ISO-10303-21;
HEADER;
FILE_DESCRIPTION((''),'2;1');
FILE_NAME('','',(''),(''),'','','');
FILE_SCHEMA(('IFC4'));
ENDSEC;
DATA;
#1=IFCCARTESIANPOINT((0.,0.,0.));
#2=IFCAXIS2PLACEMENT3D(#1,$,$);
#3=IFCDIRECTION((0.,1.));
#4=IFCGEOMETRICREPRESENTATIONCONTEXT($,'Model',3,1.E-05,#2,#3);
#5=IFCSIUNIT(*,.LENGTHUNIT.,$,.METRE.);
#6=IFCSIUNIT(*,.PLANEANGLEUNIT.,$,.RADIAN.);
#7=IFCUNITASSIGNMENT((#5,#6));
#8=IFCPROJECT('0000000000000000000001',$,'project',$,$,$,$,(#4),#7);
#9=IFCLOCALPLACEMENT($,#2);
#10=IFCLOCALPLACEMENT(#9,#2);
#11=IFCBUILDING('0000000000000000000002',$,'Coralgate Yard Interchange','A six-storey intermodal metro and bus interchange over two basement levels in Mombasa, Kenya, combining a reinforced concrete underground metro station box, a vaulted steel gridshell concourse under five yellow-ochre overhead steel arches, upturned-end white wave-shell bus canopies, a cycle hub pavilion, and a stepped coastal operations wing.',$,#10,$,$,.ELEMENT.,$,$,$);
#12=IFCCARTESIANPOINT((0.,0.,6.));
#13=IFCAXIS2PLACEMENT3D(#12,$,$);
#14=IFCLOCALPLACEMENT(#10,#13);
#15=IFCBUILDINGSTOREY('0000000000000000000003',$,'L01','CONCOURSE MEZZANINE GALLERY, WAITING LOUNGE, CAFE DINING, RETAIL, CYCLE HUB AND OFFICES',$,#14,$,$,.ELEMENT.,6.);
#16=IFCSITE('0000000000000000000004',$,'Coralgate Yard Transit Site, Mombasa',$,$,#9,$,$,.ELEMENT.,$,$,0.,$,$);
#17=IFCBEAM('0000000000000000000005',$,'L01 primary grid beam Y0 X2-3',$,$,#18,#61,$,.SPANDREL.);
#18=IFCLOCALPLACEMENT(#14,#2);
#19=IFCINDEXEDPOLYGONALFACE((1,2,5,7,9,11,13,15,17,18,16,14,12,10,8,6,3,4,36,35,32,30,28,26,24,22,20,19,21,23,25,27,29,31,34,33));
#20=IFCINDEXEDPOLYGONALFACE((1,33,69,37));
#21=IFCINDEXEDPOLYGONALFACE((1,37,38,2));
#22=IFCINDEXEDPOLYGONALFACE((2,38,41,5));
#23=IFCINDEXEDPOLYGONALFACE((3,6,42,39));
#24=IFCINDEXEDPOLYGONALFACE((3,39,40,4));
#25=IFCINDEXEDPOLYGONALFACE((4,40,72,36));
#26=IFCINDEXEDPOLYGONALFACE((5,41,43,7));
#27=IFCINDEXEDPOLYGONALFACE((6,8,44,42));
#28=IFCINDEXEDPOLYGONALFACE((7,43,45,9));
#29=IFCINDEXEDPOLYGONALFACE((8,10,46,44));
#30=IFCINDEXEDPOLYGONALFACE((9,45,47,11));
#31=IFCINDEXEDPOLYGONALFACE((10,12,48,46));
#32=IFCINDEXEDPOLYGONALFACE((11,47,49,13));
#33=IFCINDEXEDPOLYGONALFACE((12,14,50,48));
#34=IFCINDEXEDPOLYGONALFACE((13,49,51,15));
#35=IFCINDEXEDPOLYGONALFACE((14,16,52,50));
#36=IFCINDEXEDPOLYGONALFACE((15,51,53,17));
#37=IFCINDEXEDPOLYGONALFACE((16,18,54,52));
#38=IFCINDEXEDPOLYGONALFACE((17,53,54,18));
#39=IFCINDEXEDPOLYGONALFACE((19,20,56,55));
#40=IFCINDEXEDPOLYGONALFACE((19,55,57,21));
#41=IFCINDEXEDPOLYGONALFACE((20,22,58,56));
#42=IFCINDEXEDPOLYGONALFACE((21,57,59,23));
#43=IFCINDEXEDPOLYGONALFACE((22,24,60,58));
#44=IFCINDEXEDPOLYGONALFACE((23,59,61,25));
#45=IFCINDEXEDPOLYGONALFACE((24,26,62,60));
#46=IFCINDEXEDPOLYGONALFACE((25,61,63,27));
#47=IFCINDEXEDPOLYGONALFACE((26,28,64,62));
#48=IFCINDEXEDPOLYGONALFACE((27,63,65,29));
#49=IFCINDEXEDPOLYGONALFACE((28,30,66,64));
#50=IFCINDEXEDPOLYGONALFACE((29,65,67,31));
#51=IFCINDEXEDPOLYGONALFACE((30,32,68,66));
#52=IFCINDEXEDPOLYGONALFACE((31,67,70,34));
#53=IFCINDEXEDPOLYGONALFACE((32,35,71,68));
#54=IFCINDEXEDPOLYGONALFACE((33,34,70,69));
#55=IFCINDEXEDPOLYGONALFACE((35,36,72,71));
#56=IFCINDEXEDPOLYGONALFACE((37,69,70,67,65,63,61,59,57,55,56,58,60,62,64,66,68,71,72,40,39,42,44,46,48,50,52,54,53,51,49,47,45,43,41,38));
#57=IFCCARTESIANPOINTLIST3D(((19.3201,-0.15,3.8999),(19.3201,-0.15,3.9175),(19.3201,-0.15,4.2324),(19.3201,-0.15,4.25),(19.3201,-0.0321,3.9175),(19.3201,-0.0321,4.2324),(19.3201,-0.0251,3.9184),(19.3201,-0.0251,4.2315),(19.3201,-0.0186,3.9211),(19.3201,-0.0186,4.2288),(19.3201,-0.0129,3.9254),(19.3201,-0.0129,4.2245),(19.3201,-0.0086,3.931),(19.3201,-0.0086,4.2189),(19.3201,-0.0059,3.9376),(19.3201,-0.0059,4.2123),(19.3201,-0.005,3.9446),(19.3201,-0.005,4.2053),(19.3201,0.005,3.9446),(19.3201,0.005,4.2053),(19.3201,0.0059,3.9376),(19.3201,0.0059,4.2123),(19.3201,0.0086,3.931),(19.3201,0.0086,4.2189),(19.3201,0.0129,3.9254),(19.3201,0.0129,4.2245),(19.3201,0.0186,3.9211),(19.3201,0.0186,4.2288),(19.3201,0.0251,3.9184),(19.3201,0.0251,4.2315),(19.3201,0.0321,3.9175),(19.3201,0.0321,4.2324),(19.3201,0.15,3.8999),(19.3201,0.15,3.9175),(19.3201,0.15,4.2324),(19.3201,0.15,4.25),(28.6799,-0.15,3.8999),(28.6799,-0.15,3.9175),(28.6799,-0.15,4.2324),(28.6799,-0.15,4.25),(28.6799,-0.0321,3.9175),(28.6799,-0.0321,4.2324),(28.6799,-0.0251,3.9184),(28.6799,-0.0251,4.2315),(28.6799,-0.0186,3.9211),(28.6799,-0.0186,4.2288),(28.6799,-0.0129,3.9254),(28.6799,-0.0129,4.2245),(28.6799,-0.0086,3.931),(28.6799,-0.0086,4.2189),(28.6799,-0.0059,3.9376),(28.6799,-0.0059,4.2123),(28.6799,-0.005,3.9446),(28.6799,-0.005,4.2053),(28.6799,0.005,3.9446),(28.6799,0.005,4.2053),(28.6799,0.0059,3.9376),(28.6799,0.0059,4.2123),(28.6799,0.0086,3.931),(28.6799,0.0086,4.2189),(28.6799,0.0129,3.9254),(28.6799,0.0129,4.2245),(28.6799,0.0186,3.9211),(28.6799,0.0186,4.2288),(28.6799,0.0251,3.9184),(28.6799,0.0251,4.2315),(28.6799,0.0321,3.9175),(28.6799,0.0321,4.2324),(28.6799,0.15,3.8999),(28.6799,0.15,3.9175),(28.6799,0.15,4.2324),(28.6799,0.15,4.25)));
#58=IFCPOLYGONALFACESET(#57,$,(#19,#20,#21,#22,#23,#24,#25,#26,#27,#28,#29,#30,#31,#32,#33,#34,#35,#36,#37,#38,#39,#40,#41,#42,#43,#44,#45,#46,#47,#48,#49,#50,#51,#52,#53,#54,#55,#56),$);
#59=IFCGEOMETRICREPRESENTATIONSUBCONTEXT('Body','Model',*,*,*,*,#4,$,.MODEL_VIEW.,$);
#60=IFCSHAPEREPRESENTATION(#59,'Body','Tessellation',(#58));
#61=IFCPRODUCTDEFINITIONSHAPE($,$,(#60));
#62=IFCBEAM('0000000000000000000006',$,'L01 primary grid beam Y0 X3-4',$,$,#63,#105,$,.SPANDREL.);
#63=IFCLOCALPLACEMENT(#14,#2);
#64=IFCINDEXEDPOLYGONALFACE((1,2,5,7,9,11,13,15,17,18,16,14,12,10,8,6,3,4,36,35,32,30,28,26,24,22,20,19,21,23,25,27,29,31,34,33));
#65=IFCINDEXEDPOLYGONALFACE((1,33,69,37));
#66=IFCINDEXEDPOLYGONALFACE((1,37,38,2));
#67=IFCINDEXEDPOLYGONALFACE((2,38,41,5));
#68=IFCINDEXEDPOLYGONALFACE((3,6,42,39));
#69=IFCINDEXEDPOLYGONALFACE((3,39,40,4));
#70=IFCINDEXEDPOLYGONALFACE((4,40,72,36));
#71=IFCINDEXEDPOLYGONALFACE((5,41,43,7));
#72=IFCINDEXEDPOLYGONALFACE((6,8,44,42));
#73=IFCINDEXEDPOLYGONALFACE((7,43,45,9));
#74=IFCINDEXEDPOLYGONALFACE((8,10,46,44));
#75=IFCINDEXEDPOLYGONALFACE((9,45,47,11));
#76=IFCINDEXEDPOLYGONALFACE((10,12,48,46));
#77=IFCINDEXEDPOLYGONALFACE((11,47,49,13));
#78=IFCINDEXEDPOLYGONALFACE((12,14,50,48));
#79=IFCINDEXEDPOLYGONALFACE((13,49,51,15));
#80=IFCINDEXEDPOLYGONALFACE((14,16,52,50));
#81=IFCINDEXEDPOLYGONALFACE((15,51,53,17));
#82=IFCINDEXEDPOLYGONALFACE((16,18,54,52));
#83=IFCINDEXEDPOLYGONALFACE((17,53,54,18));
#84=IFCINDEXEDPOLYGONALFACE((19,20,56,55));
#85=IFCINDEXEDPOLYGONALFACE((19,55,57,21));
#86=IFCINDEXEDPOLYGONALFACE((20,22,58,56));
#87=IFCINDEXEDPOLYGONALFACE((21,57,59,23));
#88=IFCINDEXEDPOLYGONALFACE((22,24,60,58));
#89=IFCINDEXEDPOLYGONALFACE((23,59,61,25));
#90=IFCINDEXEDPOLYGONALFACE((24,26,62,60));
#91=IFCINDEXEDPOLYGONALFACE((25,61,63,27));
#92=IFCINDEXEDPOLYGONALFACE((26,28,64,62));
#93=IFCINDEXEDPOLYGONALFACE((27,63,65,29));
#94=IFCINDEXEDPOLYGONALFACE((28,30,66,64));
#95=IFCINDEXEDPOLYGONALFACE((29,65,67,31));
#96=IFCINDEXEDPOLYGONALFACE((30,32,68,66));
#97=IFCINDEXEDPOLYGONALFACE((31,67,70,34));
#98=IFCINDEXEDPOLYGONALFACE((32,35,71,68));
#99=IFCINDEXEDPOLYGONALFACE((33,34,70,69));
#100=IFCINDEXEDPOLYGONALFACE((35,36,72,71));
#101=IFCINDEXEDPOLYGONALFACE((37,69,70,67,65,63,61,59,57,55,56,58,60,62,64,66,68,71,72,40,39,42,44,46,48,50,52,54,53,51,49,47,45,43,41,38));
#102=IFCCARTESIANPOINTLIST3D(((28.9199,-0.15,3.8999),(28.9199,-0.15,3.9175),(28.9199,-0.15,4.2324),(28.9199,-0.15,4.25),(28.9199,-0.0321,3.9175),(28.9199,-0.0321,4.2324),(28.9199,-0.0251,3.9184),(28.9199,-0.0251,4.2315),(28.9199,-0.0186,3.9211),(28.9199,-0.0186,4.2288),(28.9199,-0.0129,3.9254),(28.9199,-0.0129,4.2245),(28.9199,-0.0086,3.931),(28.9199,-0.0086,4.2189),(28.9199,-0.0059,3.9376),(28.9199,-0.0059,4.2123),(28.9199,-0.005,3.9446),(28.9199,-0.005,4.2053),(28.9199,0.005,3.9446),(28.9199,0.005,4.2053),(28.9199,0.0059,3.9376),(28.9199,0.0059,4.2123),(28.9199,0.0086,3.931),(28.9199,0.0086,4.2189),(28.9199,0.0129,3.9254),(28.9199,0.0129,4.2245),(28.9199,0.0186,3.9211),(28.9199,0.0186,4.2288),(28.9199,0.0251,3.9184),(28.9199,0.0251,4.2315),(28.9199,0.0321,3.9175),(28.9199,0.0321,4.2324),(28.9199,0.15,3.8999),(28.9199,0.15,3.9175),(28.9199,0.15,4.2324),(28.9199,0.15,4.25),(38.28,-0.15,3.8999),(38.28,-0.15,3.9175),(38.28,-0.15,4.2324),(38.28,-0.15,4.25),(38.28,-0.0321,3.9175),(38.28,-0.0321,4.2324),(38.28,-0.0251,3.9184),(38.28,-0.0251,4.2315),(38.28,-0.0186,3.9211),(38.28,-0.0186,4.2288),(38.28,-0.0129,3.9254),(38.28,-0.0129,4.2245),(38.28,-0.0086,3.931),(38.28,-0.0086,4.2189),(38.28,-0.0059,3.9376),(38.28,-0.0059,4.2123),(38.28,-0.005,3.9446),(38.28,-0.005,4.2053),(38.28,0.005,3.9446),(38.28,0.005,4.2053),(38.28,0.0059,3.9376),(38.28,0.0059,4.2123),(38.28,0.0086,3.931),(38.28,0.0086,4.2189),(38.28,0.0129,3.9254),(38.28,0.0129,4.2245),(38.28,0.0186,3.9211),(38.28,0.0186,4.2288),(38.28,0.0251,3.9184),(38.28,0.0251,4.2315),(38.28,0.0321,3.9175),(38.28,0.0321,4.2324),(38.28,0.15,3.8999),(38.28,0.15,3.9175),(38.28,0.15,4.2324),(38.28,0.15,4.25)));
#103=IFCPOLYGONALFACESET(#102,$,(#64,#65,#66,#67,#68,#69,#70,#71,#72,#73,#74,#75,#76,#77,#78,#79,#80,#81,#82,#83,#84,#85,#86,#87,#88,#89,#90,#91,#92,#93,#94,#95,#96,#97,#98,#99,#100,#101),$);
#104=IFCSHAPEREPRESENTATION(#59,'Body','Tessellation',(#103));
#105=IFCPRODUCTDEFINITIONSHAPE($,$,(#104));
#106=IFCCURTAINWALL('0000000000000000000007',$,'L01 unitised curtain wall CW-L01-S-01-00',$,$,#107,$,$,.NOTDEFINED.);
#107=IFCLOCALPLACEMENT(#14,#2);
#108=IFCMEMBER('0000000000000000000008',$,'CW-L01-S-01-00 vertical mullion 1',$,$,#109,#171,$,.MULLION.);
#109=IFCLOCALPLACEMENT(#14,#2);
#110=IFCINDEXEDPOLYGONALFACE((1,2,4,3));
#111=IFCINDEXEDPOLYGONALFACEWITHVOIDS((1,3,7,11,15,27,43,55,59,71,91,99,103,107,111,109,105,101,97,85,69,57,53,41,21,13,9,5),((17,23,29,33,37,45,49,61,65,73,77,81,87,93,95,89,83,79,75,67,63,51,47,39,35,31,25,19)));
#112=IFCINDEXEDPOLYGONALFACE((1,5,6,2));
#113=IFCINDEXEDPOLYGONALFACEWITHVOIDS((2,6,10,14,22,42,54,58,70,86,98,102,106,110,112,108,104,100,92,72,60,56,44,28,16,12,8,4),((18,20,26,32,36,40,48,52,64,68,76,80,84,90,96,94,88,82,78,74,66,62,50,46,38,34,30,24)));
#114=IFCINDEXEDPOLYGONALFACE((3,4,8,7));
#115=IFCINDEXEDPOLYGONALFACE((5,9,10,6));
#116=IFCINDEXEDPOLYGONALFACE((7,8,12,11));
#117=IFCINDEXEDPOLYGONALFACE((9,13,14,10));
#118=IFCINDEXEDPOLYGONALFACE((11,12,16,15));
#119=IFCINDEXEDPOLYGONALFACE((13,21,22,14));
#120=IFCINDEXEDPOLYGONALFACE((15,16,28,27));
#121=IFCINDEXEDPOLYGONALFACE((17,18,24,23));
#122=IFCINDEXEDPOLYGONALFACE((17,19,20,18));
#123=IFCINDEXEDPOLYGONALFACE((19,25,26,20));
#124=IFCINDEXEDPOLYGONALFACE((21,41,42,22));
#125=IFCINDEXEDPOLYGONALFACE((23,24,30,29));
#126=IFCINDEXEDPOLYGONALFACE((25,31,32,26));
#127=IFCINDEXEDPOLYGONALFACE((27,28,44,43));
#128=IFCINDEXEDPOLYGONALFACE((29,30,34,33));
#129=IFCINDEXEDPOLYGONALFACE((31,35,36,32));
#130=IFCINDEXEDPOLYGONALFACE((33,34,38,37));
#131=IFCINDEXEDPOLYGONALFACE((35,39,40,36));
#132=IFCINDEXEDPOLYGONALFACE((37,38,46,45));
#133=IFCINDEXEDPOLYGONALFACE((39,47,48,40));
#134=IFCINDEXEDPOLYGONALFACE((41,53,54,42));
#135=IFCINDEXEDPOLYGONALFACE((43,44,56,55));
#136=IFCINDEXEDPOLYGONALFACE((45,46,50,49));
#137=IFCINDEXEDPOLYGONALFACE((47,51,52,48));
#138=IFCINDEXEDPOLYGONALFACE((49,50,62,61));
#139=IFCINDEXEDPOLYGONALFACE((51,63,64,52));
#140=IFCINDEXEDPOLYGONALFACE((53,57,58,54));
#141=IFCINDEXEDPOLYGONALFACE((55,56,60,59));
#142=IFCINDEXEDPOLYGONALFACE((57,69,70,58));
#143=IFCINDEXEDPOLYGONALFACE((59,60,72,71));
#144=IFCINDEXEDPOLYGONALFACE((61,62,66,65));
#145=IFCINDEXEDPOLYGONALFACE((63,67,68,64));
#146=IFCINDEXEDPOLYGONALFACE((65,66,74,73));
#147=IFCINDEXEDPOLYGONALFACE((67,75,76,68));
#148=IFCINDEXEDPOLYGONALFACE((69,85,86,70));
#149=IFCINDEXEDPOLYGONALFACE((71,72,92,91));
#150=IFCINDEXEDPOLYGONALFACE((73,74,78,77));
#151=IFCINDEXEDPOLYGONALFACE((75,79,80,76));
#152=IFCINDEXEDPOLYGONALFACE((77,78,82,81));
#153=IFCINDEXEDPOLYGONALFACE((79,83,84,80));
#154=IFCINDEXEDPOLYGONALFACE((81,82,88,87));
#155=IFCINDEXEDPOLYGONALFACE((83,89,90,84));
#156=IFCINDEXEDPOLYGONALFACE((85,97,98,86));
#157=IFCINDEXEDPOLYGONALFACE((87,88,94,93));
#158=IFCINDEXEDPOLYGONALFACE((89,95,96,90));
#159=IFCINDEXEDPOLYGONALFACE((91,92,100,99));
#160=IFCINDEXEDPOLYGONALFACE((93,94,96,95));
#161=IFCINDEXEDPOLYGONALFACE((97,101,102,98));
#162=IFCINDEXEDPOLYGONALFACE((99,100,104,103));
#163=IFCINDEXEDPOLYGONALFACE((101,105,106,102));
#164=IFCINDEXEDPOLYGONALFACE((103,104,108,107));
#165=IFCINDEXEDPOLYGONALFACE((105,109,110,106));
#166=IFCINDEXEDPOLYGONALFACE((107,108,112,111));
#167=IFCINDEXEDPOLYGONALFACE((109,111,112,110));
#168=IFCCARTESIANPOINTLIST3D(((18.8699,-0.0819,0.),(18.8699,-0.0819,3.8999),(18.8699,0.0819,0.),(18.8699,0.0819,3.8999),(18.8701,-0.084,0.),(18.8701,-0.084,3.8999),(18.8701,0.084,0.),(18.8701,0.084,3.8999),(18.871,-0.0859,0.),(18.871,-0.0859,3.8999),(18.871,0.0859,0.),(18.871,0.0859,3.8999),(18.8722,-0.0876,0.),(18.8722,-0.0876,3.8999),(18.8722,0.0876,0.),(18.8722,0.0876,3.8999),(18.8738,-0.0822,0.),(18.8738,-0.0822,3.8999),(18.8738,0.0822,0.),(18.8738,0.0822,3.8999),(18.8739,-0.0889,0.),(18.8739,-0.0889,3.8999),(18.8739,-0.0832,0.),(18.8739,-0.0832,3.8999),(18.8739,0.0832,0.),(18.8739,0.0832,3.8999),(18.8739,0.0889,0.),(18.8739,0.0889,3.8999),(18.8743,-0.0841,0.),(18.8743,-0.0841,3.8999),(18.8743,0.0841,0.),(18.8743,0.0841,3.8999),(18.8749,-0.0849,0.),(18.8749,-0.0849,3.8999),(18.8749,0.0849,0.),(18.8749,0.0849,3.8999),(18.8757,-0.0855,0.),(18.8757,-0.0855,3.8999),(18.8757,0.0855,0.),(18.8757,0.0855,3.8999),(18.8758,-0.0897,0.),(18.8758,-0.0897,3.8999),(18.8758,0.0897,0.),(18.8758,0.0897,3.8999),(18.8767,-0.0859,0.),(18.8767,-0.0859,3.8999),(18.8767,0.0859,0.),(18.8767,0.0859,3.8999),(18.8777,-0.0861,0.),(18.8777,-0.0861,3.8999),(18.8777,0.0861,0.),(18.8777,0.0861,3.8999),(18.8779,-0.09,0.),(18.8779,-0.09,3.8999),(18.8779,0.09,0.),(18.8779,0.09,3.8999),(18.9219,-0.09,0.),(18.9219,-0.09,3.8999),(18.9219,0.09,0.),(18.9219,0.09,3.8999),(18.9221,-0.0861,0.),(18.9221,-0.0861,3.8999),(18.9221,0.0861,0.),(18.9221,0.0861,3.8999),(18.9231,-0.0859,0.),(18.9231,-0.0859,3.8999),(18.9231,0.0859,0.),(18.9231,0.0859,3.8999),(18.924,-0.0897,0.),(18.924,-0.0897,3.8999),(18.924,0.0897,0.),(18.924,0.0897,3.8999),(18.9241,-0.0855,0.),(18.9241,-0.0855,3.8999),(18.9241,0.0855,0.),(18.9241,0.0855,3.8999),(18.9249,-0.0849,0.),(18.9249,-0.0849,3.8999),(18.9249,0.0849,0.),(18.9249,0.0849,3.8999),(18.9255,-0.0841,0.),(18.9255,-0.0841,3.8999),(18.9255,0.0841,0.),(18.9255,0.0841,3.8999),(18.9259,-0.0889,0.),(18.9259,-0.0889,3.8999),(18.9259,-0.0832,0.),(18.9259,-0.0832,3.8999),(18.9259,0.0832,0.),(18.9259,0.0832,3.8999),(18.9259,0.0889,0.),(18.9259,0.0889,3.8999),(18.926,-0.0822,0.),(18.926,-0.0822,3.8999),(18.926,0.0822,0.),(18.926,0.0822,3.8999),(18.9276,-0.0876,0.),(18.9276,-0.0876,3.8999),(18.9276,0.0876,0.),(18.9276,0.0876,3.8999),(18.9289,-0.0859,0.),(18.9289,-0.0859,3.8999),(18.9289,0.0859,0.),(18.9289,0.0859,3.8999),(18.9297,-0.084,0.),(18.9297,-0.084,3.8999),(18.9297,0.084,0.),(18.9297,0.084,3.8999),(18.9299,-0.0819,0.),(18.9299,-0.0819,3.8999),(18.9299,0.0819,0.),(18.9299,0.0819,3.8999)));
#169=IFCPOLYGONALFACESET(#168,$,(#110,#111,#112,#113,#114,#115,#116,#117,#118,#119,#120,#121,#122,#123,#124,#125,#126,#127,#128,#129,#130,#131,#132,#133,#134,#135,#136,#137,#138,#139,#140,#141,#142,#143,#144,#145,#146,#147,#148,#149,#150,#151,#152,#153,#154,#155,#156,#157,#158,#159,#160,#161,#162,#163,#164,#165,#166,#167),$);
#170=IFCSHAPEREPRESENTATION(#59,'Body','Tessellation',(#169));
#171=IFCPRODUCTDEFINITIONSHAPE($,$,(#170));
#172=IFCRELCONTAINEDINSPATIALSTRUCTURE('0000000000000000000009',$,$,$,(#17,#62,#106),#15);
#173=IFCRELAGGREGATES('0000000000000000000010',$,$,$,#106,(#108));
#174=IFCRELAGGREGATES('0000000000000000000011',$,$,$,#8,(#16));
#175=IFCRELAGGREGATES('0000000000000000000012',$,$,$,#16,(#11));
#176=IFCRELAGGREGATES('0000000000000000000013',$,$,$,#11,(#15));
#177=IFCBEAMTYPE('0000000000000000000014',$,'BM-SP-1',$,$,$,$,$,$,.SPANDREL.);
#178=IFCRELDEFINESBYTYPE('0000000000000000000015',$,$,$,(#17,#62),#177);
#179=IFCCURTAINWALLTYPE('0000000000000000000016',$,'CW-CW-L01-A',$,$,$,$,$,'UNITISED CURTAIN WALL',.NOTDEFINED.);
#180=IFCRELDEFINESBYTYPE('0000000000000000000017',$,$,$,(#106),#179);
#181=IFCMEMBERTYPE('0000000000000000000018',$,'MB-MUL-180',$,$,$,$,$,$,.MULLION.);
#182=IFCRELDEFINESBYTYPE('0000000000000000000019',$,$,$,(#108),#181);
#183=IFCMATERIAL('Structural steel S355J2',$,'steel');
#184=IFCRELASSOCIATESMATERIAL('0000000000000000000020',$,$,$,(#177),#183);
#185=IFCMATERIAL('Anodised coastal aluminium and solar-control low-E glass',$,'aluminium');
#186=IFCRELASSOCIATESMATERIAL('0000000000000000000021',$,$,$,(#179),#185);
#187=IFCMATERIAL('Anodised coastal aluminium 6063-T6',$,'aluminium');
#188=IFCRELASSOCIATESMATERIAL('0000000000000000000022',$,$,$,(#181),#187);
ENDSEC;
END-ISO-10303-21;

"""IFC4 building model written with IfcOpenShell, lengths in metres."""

from ifc_helpers import new_model, si_unit, direction, frame, origin, origin_2d, place, context, subcontext, project, spatial, hollow_rectangle, i_section, extrude, material, material_profile, profile_set, type_object, element, aggregate, save


model = new_model("IFC4")

# Units and contexts
model_context = context("Model", 3, precision=1e-05, world=origin(), true_north=direction((0.0, 1.0)))
body_context = subcontext(model_context, "Body", "Model", "MODEL_VIEW")
ifc_project = project(units=[si_unit("LENGTHUNIT", "METRE"), si_unit("PLANEANGLEUNIT", "RADIAN")], contexts=[model_context])

# Site, building, storey
site_placement = place(None, origin())
site = spatial("IfcSite", under=ifc_project, at=site_placement, Name="Coralgate Yard Transit Site, Mombasa", CompositionType="ELEMENT", RefElevation=0.0)
building_placement = place(site_placement, origin())
building = spatial("IfcBuilding", under=site, at=building_placement, Name="Coralgate Yard Interchange", Description="A six-storey intermodal metro and bus interchange over two basement levels in Mombasa, Kenya, combining a reinforced concrete underground metro station box, a vaulted steel gridshell concourse under five yellow-ochre overhead steel arches, upturned-end white wave-shell bus canopies, a cycle hub pavilion, and a stepped coastal operations wing.", CompositionType="ELEMENT")
storey_placement = place(building_placement, frame((0.0, 0.0, 6.0)))
storey = spatial("IfcBuildingStorey", under=building, at=storey_placement, Name="L01", Description="CONCOURSE MEZZANINE GALLERY, WAITING LOUNGE, CAFE DINING, RETAIL, CYCLE HUB AND OFFICES", CompositionType="ELEMENT", Elevation=6.0)

# Shared definitions
ifc_material_1 = material(Name="Structural steel S355J2", Category="steel")

# Beams
ifc_material_profile_1 = material_profile(ifc_material_1, i_section(OverallWidth=0.3, OverallDepth=0.3501, WebThickness=0.01, FlangeThickness=0.0176, FilletRadius=0.0271, at=origin_2d()), Name="HEA 360")
ifc_profile_set_1 = profile_set([ifc_material_profile_1], Name="Structural steel S355J2")
beam_type_1 = type_object("IfcBeamType", Name="BM-SP-1", PredefinedType="SPANDREL", material=ifc_profile_set_1)
beam_1_placement = place(storey_placement, frame((19.3201, 0.0, 4.075), z_axis=(1.0, 0.0, 0.0), x_axis=(0.0, 1.0, 0.0)))
element("IfcBeam", 1, at=beam_1_placement, inside=storey, type_object=beam_type_1, Name="L01 primary grid beam Y0 X2-3", PredefinedType="SPANDREL", context=body_context, shape_type="SweptSolid", body=[
    extrude(i_section(OverallWidth=0.3, OverallDepth=0.3501, WebThickness=0.01, FlangeThickness=0.0176, FilletRadius=0.0271, at=origin_2d()), origin(), (0.0, 0.0, 1.0), 9.3599),
])
beam_2_placement = place(storey_placement, frame((28.9199, 0.0, 4.075), z_axis=(1.0, 0.0, 0.0), x_axis=(0.0, 1.0, 0.0)))
element("IfcBeam", 2, at=beam_2_placement, inside=storey, type_object=beam_type_1, Name="L01 primary grid beam Y0 X3-4", PredefinedType="SPANDREL", context=body_context, shape_type="SweptSolid", body=[
    extrude(i_section(OverallWidth=0.3, OverallDepth=0.3501, WebThickness=0.01, FlangeThickness=0.0176, FilletRadius=0.0271, at=origin_2d()), origin(), (0.0, 0.0, 1.0), 9.3601),
])

# Curtain wall, member
ifc_material_2 = material(Name="Anodised coastal aluminium and solar-control low-E glass", Category="aluminium")
curtain_wall_type = type_object("IfcCurtainWallType", Name="CW-CW-L01-A", ElementType="UNITISED CURTAIN WALL", PredefinedType="NOTDEFINED", material=ifc_material_2)
curtain_wall_placement = place(storey_placement, origin())
curtain_wall = element("IfcCurtainWall", 3, at=curtain_wall_placement, inside=storey, type_object=curtain_wall_type, Name="L01 unitised curtain wall CW-L01-S-01-00", PredefinedType="NOTDEFINED")
ifc_material_3 = material(Name="Anodised coastal aluminium 6063-T6", Category="aluminium")
ifc_material_profile_2 = material_profile(ifc_material_3, hollow_rectangle(XDim=0.0601, YDim=0.1799, WallThickness=0.0039, InnerFilletRadius=0.0039, OuterFilletRadius=0.0081, at=origin_2d()), Name="ALU 60x180x4")
ifc_profile_set_2 = profile_set([ifc_material_profile_2], Name="Anodised coastal aluminium 6063-T6")
member_type_1 = type_object("IfcMemberType", Name="MB-MUL-180", PredefinedType="MULLION", material=ifc_profile_set_2)
member_1_placement = place(storey_placement, frame((18.8999, 0.0, 0.0), z_axis=(0.0, 0.0, 1.0), x_axis=(1.0, 0.0, 0.0)))
member_1 = element("IfcMember", 4, at=member_1_placement, type_object=member_type_1, Name="CW-L01-S-01-00 vertical mullion 1", PredefinedType="MULLION", context=body_context, shape_type="SweptSolid", body=[
    extrude(hollow_rectangle(XDim=0.0601, YDim=0.1799, WallThickness=0.0039, InnerFilletRadius=0.0039, OuterFilletRadius=0.0081, at=origin_2d()), origin(), (0.0, 0.0, 1.0), 3.8999),
])
aggregate(curtain_wall, [member_1])

save(model, "model.ifc")
